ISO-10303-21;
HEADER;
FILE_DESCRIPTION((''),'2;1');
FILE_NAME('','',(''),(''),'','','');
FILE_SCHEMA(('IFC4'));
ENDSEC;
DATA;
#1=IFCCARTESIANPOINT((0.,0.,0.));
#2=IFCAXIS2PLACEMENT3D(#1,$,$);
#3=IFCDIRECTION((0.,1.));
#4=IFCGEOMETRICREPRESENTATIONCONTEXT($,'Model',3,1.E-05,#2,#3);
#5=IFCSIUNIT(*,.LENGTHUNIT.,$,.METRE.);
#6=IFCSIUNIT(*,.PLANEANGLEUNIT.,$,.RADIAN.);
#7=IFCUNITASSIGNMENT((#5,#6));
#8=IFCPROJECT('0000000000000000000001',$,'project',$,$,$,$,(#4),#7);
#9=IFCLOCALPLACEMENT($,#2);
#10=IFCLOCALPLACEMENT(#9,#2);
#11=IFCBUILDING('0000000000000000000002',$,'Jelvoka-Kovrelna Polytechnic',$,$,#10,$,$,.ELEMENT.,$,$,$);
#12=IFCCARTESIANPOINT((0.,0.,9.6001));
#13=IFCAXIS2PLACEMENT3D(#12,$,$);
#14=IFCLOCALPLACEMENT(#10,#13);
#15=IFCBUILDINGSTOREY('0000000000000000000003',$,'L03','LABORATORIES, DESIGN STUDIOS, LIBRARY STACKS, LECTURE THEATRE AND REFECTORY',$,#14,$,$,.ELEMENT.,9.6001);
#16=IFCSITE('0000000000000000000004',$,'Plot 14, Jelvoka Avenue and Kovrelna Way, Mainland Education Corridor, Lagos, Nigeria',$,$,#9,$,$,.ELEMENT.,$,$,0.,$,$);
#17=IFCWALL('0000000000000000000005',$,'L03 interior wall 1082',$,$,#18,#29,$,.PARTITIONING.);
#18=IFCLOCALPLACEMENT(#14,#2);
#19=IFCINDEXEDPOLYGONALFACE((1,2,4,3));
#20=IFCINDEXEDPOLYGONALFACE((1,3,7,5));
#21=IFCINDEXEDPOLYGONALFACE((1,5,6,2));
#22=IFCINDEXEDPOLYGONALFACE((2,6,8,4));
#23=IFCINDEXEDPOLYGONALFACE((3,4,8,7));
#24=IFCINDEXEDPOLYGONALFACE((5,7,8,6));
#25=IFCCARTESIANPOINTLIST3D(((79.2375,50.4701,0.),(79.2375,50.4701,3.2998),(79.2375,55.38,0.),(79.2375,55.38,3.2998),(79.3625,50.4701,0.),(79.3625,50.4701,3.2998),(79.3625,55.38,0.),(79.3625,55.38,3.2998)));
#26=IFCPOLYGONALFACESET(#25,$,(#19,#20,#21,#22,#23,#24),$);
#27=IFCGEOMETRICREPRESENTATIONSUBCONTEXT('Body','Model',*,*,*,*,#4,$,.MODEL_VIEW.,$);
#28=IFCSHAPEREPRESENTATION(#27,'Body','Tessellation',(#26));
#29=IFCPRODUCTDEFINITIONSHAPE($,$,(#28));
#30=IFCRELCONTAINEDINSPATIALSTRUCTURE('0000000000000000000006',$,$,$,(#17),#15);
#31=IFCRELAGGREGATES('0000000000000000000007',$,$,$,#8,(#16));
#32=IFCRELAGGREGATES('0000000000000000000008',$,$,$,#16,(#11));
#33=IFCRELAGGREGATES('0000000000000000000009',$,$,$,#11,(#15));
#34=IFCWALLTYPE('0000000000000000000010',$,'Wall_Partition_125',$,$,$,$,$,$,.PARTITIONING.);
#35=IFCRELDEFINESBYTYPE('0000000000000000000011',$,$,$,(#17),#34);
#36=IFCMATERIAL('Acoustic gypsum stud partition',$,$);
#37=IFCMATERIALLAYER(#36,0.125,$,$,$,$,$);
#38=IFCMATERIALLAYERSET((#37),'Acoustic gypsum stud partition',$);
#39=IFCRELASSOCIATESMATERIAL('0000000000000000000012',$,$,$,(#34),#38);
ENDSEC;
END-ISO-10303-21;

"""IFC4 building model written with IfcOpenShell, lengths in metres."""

from ifc_helpers import new_model, si_unit, direction, frame, frame_2d, origin, place, context, subcontext, project, spatial, rectangle, extrude, material, layer, layer_set, type_object, element, save


model = new_model("IFC4")

# Units and contexts
model_context = context("Model", 3, precision=1e-05, world=origin(), true_north=direction((0.0, 1.0)))
body_context = subcontext(model_context, "Body", "Model", "MODEL_VIEW")
ifc_project = project(units=[si_unit("LENGTHUNIT", "METRE"), si_unit("PLANEANGLEUNIT", "RADIAN")], contexts=[model_context])

# Site, building, storey
site_placement = place(None, origin())
site = spatial("IfcSite", under=ifc_project, at=site_placement, Name="Plot 14, Jelvoka Avenue and Kovrelna Way, Mainland Education Corridor, Lagos, Nigeria", CompositionType="ELEMENT", RefElevation=0.0)
building_placement = place(site_placement, origin())
building = spatial("IfcBuilding", under=site, at=building_placement, Name="Jelvoka-Kovrelna Polytechnic", CompositionType="ELEMENT")
storey_placement = place(building_placement, frame((0.0, 0.0, 9.6001)))
storey = spatial("IfcBuildingStorey", under=building, at=storey_placement, Name="L03", Description="LABORATORIES, DESIGN STUDIOS, LIBRARY STACKS, LECTURE THEATRE AND REFECTORY", CompositionType="ELEMENT", Elevation=9.6001)

# Wall
ifc_material_1 = material(Name="Acoustic gypsum stud partition")
ifc_layer_1 = layer(ifc_material_1, 0.125)
ifc_layer_set_1 = layer_set([ifc_layer_1], Name="Acoustic gypsum stud partition")
wall_type = type_object("IfcWallType", Name="Wall_Partition_125", PredefinedType="PARTITIONING", material=ifc_layer_set_1)
wall_placement = place(storey_placement, frame((79.3, 50.47, 0.0), z_axis=(0.0, 0.0, 1.0), x_axis=(0.0, 1.0, 0.0)))
element("IfcWall", 1, at=wall_placement, inside=storey, type_object=wall_type, Name="L03 interior wall 1082", PredefinedType="PARTITIONING", context=body_context, shape_type="SweptSolid", body=[
    extrude(rectangle(XDim=4.9099, YDim=0.125, at=frame_2d((2.4551, 0.0))), origin(), (0.0, 0.0, 1.0), 3.2998),
])

save(model, "model.ifc")
